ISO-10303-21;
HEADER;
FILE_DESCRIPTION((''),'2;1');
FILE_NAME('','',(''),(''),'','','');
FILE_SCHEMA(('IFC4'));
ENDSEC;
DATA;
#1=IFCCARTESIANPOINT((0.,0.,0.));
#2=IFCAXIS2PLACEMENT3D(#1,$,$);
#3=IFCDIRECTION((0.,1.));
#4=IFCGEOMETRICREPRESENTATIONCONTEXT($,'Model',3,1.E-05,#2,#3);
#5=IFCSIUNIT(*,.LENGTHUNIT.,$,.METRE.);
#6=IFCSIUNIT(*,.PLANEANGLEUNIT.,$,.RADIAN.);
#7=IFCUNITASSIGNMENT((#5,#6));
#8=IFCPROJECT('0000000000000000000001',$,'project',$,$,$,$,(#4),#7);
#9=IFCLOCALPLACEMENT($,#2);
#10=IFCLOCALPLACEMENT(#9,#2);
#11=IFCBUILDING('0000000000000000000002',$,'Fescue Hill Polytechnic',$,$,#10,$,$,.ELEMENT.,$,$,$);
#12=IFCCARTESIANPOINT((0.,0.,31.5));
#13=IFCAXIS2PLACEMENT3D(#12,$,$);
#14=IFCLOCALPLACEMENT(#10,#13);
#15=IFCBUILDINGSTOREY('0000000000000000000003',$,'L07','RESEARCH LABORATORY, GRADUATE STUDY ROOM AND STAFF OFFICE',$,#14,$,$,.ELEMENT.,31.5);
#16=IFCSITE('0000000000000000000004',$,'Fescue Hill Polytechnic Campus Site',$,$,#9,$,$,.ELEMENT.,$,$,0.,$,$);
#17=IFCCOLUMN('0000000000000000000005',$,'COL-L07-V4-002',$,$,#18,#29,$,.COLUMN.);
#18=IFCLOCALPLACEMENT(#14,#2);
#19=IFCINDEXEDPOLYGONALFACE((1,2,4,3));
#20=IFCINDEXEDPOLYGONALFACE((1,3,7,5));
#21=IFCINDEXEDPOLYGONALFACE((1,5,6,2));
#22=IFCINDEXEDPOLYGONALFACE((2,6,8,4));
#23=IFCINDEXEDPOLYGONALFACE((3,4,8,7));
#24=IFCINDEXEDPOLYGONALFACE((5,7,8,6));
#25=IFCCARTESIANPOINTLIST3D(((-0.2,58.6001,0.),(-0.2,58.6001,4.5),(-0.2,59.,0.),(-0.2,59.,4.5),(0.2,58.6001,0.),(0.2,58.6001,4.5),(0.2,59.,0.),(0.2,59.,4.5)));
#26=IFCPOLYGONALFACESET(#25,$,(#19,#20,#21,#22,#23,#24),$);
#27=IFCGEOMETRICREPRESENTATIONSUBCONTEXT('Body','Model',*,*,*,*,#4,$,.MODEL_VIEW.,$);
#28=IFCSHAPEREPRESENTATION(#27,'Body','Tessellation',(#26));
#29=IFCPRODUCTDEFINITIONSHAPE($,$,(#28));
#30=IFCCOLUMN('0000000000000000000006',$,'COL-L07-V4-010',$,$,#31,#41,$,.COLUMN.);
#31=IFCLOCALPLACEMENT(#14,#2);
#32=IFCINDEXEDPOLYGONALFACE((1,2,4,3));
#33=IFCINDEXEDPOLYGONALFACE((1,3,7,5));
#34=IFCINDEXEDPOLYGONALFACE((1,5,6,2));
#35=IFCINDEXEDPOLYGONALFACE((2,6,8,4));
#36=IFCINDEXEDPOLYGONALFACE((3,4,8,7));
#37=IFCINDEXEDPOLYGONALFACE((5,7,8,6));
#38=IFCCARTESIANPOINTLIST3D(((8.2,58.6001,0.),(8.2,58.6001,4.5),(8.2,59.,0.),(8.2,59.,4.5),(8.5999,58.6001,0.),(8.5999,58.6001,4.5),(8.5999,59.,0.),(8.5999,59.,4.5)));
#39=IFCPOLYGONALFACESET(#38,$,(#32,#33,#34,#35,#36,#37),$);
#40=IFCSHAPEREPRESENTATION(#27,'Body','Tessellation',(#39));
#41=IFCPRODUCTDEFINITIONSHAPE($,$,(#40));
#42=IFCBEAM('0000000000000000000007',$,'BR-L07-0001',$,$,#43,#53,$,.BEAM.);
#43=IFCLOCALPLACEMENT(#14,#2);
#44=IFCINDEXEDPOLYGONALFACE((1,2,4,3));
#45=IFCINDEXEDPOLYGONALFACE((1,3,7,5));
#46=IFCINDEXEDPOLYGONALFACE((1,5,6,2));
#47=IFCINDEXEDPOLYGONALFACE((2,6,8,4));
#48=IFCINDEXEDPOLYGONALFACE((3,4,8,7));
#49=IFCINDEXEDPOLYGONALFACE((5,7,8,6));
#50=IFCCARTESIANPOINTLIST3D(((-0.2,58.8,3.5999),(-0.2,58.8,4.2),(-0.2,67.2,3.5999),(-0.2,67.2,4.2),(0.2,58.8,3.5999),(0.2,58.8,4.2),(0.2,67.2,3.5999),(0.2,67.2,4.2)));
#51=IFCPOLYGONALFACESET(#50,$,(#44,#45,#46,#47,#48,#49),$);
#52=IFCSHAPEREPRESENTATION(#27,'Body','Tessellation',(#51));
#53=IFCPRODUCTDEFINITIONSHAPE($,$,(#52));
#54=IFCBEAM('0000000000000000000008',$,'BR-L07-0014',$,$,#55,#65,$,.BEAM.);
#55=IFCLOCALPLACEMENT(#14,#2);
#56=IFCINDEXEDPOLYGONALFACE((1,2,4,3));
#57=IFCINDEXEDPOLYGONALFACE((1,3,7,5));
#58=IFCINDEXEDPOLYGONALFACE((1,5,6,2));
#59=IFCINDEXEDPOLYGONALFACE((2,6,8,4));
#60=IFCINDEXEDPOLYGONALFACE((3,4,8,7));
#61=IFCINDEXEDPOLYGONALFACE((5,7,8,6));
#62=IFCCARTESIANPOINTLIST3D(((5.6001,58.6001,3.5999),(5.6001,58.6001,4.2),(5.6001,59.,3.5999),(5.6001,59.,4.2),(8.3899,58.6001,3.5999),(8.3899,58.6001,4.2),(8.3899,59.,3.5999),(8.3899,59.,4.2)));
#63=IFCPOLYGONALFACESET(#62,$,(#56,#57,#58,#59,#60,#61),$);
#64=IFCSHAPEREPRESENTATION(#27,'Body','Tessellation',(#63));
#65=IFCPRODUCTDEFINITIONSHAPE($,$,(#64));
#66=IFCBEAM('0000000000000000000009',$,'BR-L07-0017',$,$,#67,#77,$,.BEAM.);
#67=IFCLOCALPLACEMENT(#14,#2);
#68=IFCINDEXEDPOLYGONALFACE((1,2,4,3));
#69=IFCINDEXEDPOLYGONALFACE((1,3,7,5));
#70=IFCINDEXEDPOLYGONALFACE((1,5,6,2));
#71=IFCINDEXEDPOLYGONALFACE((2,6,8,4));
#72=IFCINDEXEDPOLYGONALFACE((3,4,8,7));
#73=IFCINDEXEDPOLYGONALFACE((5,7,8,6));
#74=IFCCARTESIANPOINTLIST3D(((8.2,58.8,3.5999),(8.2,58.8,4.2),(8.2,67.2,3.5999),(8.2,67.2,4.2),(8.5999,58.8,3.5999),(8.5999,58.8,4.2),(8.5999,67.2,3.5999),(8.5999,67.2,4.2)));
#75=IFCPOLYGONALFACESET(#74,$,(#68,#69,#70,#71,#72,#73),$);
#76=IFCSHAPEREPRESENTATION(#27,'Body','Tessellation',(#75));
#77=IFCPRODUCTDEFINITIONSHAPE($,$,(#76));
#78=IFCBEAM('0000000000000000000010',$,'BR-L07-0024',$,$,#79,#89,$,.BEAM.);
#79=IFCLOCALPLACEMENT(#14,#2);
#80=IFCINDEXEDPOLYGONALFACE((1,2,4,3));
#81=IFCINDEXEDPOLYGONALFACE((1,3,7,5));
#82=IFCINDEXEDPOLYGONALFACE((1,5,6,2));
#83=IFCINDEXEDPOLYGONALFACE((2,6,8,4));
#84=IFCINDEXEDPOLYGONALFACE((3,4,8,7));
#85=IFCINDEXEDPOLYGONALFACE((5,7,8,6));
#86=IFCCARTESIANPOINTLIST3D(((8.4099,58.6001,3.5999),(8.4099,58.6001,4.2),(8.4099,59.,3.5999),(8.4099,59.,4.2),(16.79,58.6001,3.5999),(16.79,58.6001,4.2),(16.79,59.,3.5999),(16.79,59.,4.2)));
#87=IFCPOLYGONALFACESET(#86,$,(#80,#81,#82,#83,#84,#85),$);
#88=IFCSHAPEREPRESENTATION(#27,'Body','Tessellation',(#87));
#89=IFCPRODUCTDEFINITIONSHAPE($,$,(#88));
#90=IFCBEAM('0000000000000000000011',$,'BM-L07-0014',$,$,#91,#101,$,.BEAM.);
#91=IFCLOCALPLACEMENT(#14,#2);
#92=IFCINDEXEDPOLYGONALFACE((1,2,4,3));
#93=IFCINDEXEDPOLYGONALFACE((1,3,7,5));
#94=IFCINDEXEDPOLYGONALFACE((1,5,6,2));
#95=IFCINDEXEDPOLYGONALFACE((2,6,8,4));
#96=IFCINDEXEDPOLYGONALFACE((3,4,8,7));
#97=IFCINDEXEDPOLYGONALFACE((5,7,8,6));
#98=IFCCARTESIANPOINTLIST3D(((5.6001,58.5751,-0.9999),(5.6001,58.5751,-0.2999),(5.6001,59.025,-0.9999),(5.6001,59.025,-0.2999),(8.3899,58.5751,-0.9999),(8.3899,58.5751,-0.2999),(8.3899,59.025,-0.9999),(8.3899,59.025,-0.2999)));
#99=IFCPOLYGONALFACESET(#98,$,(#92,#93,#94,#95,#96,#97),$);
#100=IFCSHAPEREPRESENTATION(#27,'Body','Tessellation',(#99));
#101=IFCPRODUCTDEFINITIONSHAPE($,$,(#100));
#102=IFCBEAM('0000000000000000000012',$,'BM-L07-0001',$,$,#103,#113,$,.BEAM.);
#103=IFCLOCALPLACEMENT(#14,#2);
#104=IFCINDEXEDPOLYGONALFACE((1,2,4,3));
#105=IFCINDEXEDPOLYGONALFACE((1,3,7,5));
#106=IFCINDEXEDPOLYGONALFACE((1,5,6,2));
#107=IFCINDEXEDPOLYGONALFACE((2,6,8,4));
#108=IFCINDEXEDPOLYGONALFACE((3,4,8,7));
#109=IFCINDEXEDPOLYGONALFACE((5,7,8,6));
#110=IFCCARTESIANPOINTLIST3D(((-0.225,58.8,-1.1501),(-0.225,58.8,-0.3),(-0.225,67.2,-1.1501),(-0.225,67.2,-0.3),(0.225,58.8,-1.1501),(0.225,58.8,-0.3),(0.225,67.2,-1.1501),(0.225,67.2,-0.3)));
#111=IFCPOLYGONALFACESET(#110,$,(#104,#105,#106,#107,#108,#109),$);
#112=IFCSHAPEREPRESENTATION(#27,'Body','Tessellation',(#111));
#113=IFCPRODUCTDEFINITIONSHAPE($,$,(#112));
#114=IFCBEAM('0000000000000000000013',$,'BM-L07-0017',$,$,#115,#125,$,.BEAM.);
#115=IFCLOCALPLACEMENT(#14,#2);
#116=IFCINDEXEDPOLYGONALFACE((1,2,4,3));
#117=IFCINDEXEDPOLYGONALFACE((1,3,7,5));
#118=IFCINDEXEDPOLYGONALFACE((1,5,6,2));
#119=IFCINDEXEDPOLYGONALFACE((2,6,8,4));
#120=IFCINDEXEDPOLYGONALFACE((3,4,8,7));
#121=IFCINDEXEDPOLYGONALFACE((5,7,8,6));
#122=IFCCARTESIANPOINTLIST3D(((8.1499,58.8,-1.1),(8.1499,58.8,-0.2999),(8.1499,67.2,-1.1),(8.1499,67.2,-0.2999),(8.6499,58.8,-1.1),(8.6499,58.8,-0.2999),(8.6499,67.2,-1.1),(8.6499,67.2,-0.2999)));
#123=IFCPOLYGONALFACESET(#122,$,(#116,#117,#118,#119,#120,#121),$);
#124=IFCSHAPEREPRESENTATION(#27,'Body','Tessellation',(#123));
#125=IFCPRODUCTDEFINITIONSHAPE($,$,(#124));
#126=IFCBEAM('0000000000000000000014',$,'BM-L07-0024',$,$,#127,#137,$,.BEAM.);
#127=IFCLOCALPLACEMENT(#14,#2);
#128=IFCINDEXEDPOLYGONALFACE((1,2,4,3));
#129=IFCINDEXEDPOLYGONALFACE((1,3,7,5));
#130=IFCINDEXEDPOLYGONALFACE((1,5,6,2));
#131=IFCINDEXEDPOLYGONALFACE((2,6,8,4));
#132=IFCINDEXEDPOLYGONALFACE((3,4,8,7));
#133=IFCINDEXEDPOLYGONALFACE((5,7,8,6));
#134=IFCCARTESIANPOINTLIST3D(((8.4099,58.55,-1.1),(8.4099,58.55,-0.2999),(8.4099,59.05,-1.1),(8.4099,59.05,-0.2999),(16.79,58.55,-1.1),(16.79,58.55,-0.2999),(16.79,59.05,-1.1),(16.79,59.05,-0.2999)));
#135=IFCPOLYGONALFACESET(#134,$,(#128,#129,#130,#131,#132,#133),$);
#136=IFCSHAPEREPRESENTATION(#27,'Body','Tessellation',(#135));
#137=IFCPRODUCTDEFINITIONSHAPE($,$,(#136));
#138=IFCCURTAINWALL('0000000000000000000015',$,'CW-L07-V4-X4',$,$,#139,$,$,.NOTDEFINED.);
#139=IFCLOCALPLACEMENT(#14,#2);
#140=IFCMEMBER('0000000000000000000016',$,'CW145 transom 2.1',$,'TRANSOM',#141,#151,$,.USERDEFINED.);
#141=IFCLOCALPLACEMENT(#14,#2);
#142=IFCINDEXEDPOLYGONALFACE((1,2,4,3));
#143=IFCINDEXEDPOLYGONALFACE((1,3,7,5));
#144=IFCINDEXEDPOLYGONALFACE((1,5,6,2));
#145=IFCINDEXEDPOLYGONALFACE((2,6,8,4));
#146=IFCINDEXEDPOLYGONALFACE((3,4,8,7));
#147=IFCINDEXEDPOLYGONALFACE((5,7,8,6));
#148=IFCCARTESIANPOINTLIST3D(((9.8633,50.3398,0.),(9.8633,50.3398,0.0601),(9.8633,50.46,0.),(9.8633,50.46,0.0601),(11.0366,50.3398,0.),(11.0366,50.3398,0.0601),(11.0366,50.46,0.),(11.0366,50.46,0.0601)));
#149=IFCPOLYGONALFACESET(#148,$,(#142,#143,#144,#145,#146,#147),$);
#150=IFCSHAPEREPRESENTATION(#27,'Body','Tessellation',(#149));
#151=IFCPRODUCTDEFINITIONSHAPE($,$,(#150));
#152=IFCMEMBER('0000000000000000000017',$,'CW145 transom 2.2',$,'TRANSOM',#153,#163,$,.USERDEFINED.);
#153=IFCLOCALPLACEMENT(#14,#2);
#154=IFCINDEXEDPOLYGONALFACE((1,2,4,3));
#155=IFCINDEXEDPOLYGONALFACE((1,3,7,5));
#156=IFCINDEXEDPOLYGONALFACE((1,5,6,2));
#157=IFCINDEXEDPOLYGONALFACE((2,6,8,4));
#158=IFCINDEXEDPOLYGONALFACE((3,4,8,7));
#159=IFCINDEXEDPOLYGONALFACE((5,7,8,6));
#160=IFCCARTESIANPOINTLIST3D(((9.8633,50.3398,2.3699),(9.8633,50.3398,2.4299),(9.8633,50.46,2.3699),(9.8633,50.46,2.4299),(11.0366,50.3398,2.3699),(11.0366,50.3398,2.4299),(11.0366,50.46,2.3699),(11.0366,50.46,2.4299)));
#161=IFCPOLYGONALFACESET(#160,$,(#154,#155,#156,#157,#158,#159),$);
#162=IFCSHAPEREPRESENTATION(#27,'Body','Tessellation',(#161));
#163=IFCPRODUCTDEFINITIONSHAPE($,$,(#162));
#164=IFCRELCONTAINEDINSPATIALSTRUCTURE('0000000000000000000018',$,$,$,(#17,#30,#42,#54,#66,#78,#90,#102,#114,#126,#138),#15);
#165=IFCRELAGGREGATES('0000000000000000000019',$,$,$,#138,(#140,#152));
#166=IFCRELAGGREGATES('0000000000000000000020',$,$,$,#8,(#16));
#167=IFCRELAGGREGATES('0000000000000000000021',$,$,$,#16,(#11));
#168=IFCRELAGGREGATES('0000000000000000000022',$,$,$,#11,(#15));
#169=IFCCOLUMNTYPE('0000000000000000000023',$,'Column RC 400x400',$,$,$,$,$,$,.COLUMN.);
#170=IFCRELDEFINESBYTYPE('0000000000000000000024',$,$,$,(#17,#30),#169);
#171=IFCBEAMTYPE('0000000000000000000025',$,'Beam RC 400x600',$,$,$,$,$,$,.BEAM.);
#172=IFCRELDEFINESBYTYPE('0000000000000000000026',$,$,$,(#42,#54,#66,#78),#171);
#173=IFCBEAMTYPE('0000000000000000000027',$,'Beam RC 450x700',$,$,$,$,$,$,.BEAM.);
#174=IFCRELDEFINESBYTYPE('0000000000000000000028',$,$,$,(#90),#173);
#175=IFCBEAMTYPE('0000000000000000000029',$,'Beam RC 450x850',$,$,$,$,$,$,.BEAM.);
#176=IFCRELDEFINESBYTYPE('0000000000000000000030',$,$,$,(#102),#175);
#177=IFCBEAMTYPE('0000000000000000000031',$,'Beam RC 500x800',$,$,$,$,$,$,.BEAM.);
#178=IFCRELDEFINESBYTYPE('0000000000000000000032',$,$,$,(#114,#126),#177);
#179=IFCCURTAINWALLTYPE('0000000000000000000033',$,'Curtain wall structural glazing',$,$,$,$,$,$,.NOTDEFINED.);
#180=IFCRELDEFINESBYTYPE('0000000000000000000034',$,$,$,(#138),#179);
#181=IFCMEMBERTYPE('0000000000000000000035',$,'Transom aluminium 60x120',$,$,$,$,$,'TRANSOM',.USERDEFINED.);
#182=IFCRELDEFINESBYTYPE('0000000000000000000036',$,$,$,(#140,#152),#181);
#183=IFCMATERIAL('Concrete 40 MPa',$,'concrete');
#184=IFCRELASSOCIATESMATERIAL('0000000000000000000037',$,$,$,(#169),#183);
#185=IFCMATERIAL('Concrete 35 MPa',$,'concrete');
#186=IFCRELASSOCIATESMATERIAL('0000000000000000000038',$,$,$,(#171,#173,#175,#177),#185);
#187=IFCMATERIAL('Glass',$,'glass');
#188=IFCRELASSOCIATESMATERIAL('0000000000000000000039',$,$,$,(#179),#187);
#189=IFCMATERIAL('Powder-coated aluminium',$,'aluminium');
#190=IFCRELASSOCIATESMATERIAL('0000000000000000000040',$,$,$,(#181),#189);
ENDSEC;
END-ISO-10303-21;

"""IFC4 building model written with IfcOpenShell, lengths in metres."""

from ifc_helpers import new_model, si_unit, direction, frame, origin, origin_2d, place, context, subcontext, project, spatial, rectangle, extrude, material, material_profile, profile_set, type_object, element, aggregate, save


model = new_model("IFC4")

# Units and contexts
model_context = context("Model", 3, precision=1e-05, world=origin(), true_north=direction((0.0, 1.0)))
body_context = subcontext(model_context, "Body", "Model", "MODEL_VIEW")
ifc_project = project(units=[si_unit("LENGTHUNIT", "METRE"), si_unit("PLANEANGLEUNIT", "RADIAN")], contexts=[model_context])

# Site, building, storey
site_placement = place(None, origin())
site = spatial("IfcSite", under=ifc_project, at=site_placement, Name="Fescue Hill Polytechnic Campus Site", CompositionType="ELEMENT", RefElevation=0.0)
building_placement = place(site_placement, origin())
building = spatial("IfcBuilding", under=site, at=building_placement, Name="Fescue Hill Polytechnic", CompositionType="ELEMENT")
storey_placement = place(building_placement, frame((0.0, 0.0, 31.5)))
storey = spatial("IfcBuildingStorey", under=building, at=storey_placement, Name="L07", Description="RESEARCH LABORATORY, GRADUATE STUDY ROOM AND STAFF OFFICE", CompositionType="ELEMENT", Elevation=31.5)

# Columns
ifc_material_1 = material(Name="Concrete 40 MPa", Category="concrete")
ifc_material_profile_1 = material_profile(ifc_material_1, rectangle(XDim=0.3999, YDim=0.3999, at=origin_2d()), Name="RC 400x400")
ifc_profile_set_1 = profile_set([ifc_material_profile_1], Name="Concrete 40 MPa")
column_type = type_object("IfcColumnType", Name="Column RC 400x400", PredefinedType="COLUMN", material=ifc_profile_set_1)
for number, where, z_axis, x_axis, name in (
    (1, (0.0, 58.8, 0.0), (0.0, 0.0, 1.0), (1.0, 0.0, 0.0), "COL-L07-V4-002"),
    (2, (8.3999, 58.8, 0.0), (0.0, 0.0, 1.0), (1.0, 0.0, 0.0), "COL-L07-V4-010"),
):
    element("IfcColumn", number, at=place(storey_placement, frame(where, z_axis=z_axis, x_axis=x_axis)), inside=storey, type_object=column_type, Name=name, PredefinedType="COLUMN", context=body_context, shape_type="SweptSolid", body=[
        extrude(rectangle(XDim=0.3999, YDim=0.3999, at=origin_2d()), origin(), (0.0, 0.0, 1.0), 4.5),
    ])

# Beams
ifc_material_2 = material(Name="Concrete 35 MPa", Category="concrete")
ifc_material_profile_2 = material_profile(ifc_material_2, rectangle(XDim=0.3999, YDim=0.6001, at=origin_2d()), Name="RC 400x600")
ifc_profile_set_2 = profile_set([ifc_material_profile_2], Name="Concrete 35 MPa")
beam_type_1 = type_object("IfcBeamType", Name="Beam RC 400x600", PredefinedType="BEAM", material=ifc_profile_set_2)
beam_1_placement = place(storey_placement, frame((0.0, 58.8, 3.8999), z_axis=(0.0, 1.0, 0.0), x_axis=(-1.0, 0.0, 0.0)))
element("IfcBeam", 3, at=beam_1_placement, inside=storey, type_object=beam_type_1, Name="BR-L07-0001", PredefinedType="BEAM", context=body_context, shape_type="SweptSolid", body=[
    extrude(rectangle(XDim=0.3999, YDim=0.6001, at=origin_2d()), origin(), (0.0, 0.0, 1.0), 8.3999),
])
beam_2_placement = place(storey_placement, frame((5.6001, 58.8, 3.8999), z_axis=(1.0, 0.0, 0.0), x_axis=(0.0, 1.0, 0.0)))
element("IfcBeam", 4, at=beam_2_placement, inside=storey, type_object=beam_type_1, Name="BR-L07-0014", PredefinedType="BEAM", context=body_context, shape_type="SweptSolid", body=[
    extrude(rectangle(XDim=0.3999, YDim=0.6001, at=origin_2d()), origin(), (0.0, 0.0, 1.0), 2.7898),
])
beam_3_placement = place(storey_placement, frame((8.3999, 58.8, 3.8999), z_axis=(0.0, 1.0, 0.0), x_axis=(-1.0, 0.0, 0.0)))
element("IfcBeam", 5, at=beam_3_placement, inside=storey, type_object=beam_type_1, Name="BR-L07-0017", PredefinedType="BEAM", context=body_context, shape_type="SweptSolid", body=[
    extrude(rectangle(XDim=0.3999, YDim=0.6001, at=origin_2d()), origin(), (0.0, 0.0, 1.0), 8.3999),
])
beam_4_placement = place(storey_placement, frame((8.4099, 58.8, 3.8999), z_axis=(1.0, 0.0, 0.0), x_axis=(0.0, 1.0, 0.0)))
element("IfcBeam", 6, at=beam_4_placement, inside=storey, type_object=beam_type_1, Name="BR-L07-0024", PredefinedType="BEAM", context=body_context, shape_type="SweptSolid", body=[
    extrude(rectangle(XDim=0.3999, YDim=0.6001, at=origin_2d()), origin(), (0.0, 0.0, 1.0), 8.3801),
])
ifc_material_profile_3 = material_profile(ifc_material_2, rectangle(XDim=0.45, YDim=0.7, at=origin_2d()), Name="RC 450x700")
ifc_profile_set_3 = profile_set([ifc_material_profile_3], Name="Concrete 35 MPa")
beam_type_2 = type_object("IfcBeamType", Name="Beam RC 450x700", PredefinedType="BEAM", material=ifc_profile_set_3)
beam_5_placement = place(storey_placement, frame((5.6001, 58.8, -0.6499), z_axis=(1.0, 0.0, 0.0), x_axis=(0.0, 1.0, 0.0)))
element("IfcBeam", 7, at=beam_5_placement, inside=storey, type_object=beam_type_2, Name="BM-L07-0014", PredefinedType="BEAM", context=body_context, shape_type="SweptSolid", body=[
    extrude(rectangle(XDim=0.45, YDim=0.7, at=origin_2d()), origin(), (0.0, 0.0, 1.0), 2.7898),
])
ifc_material_profile_4 = material_profile(ifc_material_2, rectangle(XDim=0.45, YDim=0.8501, at=origin_2d()), Name="RC 450x850")
ifc_profile_set_4 = profile_set([ifc_material_profile_4], Name="Concrete 35 MPa")
beam_type_3 = type_object("IfcBeamType", Name="Beam RC 450x850", PredefinedType="BEAM", material=ifc_profile_set_4)
beam_6_placement = place(storey_placement, frame((0.0, 58.8, -0.7251), z_axis=(0.0, 1.0, 0.0), x_axis=(-1.0, 0.0, 0.0)))
element("IfcBeam", 8, at=beam_6_placement, inside=storey, type_object=beam_type_3, Name="BM-L07-0001", PredefinedType="BEAM", context=body_context, shape_type="SweptSolid", body=[
    extrude(rectangle(XDim=0.45, YDim=0.8501, at=origin_2d()), origin(), (0.0, 0.0, 1.0), 8.3999),
])
ifc_material_profile_5 = material_profile(ifc_material_2, rectangle(XDim=0.5, YDim=0.8, at=origin_2d()), Name="RC 500x800")
ifc_profile_set_5 = profile_set([ifc_material_profile_5], Name="Concrete 35 MPa")
beam_type_4 = type_object("IfcBeamType", Name="Beam RC 500x800", PredefinedType="BEAM", material=ifc_profile_set_5)
beam_7_placement = place(storey_placement, frame((8.3999, 58.8, -0.7), z_axis=(0.0, 1.0, 0.0), x_axis=(-1.0, 0.0, 0.0)))
element("IfcBeam", 9, at=beam_7_placement, inside=storey, type_object=beam_type_4, Name="BM-L07-0017", PredefinedType="BEAM", context=body_context, shape_type="SweptSolid", body=[
    extrude(rectangle(XDim=0.5, YDim=0.8, at=origin_2d()), origin(), (0.0, 0.0, 1.0), 8.3999),
])
beam_8_placement = place(storey_placement, frame((8.4099, 58.8, -0.7), z_axis=(1.0, 0.0, 0.0), x_axis=(0.0, 1.0, 0.0)))
element("IfcBeam", 10, at=beam_8_placement, inside=storey, type_object=beam_type_4, Name="BM-L07-0024", PredefinedType="BEAM", context=body_context, shape_type="SweptSolid", body=[
    extrude(rectangle(XDim=0.5, YDim=0.8, at=origin_2d()), origin(), (0.0, 0.0, 1.0), 8.3801),
])

# Curtain wall, members
ifc_material_3 = material(Name="Glass", Category="glass")
curtain_wall_type = type_object("IfcCurtainWallType", Name="Curtain wall structural glazing", PredefinedType="NOTDEFINED", material=ifc_material_3)
curtain_wall_placement = place(storey_placement, origin())
curtain_wall = element("IfcCurtainWall", 11, at=curtain_wall_placement, inside=storey, type_object=curtain_wall_type, Name="CW-L07-V4-X4", PredefinedType="NOTDEFINED")
ifc_material_4 = material(Name="Powder-coated aluminium", Category="aluminium")
ifc_material_profile_6 = material_profile(ifc_material_4, rectangle(XDim=0.1201, YDim=0.0601, at=origin_2d()), Name="Transom aluminium 60x120")
ifc_profile_set_6 = profile_set([ifc_material_profile_6], Name="Powder-coated aluminium")
member_type = type_object("IfcMemberType", Name="Transom aluminium 60x120", ElementType="TRANSOM", PredefinedType="USERDEFINED", material=ifc_profile_set_6)
member_1_placement = place(storey_placement, frame((9.8633, 50.3999, 0.03), z_axis=(1.0, 0.0, 0.0), x_axis=(0.0, 1.0, 0.0)))
member_1 = element("IfcMember", 12, at=member_1_placement, type_object=member_type, Name="CW145 transom 2.1", ObjectType="TRANSOM", PredefinedType="USERDEFINED", context=body_context, shape_type="SweptSolid", body=[
    extrude(rectangle(XDim=0.1201, YDim=0.0601, at=origin_2d()), origin(), (0.0, 0.0, 1.0), 1.1733),
])
member_2_placement = place(storey_placement, frame((9.8633, 50.3999, 2.3999), z_axis=(1.0, 0.0, 0.0), x_axis=(0.0, 1.0, 0.0)))
member_2 = element("IfcMember", 13, at=member_2_placement, type_object=member_type, Name="CW145 transom 2.2", ObjectType="TRANSOM", PredefinedType="USERDEFINED", context=body_context, shape_type="SweptSolid", body=[
    extrude(rectangle(XDim=0.1201, YDim=0.0601, at=origin_2d()), origin(), (0.0, 0.0, 1.0), 1.1733),
])
aggregate(curtain_wall, [member_1, member_2])

save(model, "model.ifc")
